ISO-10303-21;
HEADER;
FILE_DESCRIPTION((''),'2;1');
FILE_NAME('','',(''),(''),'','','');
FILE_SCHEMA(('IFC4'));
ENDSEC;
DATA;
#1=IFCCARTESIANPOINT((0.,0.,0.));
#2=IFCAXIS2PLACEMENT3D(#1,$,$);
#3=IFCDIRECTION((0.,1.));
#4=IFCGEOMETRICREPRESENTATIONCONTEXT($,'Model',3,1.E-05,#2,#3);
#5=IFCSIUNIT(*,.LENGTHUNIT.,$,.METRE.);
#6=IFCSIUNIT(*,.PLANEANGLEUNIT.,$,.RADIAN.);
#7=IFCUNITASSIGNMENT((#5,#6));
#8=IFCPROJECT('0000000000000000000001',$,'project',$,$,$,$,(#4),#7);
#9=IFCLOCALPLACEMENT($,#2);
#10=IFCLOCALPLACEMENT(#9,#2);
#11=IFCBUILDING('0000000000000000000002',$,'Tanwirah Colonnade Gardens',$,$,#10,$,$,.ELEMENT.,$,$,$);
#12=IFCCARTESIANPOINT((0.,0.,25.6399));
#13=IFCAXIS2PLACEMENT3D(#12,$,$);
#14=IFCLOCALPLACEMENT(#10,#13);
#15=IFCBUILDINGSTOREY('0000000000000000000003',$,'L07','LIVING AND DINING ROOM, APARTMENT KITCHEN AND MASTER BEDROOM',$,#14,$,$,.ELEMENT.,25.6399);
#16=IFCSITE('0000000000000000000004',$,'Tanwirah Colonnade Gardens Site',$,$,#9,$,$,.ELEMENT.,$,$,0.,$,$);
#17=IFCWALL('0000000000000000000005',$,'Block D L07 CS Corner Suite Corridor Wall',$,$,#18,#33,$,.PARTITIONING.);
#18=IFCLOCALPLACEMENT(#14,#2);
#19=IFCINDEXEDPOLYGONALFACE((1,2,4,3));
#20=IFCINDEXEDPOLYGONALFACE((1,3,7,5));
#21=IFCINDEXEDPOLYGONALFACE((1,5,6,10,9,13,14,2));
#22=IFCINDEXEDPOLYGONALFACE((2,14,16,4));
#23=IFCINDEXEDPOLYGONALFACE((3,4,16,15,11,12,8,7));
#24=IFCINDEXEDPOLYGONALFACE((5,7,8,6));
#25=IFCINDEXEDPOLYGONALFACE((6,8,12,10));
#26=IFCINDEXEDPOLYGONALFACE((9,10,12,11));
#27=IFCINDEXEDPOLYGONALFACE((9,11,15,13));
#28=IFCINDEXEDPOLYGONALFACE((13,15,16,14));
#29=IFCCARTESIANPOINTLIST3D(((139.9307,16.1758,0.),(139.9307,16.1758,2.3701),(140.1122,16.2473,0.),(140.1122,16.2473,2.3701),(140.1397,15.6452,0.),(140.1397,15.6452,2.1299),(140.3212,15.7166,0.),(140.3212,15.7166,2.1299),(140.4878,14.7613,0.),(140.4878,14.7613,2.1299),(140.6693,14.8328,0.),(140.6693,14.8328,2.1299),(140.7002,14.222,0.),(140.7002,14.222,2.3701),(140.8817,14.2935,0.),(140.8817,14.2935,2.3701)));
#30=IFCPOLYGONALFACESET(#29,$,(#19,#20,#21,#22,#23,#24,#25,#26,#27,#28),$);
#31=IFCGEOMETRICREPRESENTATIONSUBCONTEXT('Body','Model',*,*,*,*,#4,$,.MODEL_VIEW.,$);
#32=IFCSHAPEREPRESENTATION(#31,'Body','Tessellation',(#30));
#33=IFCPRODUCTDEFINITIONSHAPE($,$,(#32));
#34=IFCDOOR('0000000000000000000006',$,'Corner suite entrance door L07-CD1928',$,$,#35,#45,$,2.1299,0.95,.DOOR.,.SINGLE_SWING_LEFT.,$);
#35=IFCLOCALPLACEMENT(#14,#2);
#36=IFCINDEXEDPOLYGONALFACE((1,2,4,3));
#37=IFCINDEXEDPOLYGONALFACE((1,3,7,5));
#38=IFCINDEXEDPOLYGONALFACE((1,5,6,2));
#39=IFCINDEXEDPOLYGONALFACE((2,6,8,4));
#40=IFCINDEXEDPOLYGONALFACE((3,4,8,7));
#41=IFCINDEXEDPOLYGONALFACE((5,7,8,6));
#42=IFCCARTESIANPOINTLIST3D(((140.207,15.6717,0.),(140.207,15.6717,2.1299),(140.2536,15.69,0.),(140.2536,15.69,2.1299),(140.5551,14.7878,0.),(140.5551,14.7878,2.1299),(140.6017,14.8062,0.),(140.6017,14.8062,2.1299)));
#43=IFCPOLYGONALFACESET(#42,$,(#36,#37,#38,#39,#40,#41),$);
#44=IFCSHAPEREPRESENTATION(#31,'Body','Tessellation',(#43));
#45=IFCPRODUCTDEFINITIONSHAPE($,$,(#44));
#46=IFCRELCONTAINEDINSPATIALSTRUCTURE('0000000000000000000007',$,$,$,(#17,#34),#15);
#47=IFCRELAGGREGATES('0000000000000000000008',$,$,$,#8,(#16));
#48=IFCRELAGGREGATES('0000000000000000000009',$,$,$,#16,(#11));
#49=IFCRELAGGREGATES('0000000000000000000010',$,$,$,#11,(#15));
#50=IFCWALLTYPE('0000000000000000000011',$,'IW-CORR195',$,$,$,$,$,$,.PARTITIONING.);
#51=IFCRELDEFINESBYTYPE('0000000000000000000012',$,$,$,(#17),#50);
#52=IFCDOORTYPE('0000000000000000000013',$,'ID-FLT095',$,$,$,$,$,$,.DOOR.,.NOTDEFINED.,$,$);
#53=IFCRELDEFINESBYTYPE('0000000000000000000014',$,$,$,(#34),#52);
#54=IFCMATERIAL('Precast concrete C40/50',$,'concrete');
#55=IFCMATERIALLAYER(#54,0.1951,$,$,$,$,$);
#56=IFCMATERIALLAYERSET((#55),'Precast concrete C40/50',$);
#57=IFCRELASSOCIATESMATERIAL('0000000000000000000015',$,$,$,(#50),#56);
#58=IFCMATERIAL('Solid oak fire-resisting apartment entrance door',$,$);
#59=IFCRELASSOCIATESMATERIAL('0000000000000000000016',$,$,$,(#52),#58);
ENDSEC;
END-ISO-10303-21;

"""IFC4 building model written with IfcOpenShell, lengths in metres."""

from ifc_helpers import new_model, si_unit, direction, frame, frame_2d, origin, place, context, subcontext, project, spatial, rectangle, extrude, material, layer, layer_set, type_object, element, fill, save


model = new_model("IFC4")

# Units and contexts
model_context = context("Model", 3, precision=1e-05, world=origin(), true_north=direction((0.0, 1.0)))
body_context = subcontext(model_context, "Body", "Model", "MODEL_VIEW")
ifc_project = project(units=[si_unit("LENGTHUNIT", "METRE"), si_unit("PLANEANGLEUNIT", "RADIAN")], contexts=[model_context])

# Site, building, storey
site_placement = place(None, origin())
site = spatial("IfcSite", under=ifc_project, at=site_placement, Name="Tanwirah Colonnade Gardens Site", CompositionType="ELEMENT", RefElevation=0.0)
building_placement = place(site_placement, origin())
building = spatial("IfcBuilding", under=site, at=building_placement, Name="Tanwirah Colonnade Gardens", CompositionType="ELEMENT")
storey_placement = place(building_placement, frame((0.0, 0.0, 25.6399)))
storey = spatial("IfcBuildingStorey", under=building, at=storey_placement, Name="L07", Description="LIVING AND DINING ROOM, APARTMENT KITCHEN AND MASTER BEDROOM", CompositionType="ELEMENT", Elevation=25.6399)

# Shared definitions
ifc_material_1 = material(Name="Precast concrete C40/50", Category="concrete")

# Wall, opening, door
ifc_layer_1 = layer(ifc_material_1, 0.1951)
ifc_layer_set_1 = layer_set([ifc_layer_1], Name="Precast concrete C40/50")
wall_type_1 = type_object("IfcWallType", Name="IW-CORR195", PredefinedType="PARTITIONING", material=ifc_layer_set_1)
ifc_material_2 = material(Name="Solid oak fire-resisting apartment entrance door")
wall_1_placement = place(storey_placement, frame((140.0215, 16.2114, 0.0), z_axis=(0.0, 0.0, 1.0), x_axis=(0.366454, -0.930436, 0.0)))
wall_1 = element("IfcWall", 1, at=wall_1_placement, inside=storey, type_object=wall_type_1, Name="Block D L07 CS Corner Suite Corridor Wall", PredefinedType="PARTITIONING", context=body_context, shape_type="SweptSolid", body=[
    extrude(rectangle(XDim=2.0999, YDim=0.1951, at=frame_2d((1.0498, 0.0))), origin(), (0.0, 0.0, 1.0), 2.3701),
])
opening_1_placement = place(wall_1_placement, frame((0.5701, 0.0, 0.0)))
opening_1 = element("IfcOpeningElement", 2, at=opening_1_placement, cuts=wall_1, PredefinedType="OPENING", context=body_context, shape_type="SweptSolid", body=[
    extrude(rectangle(XDim=0.95, YDim=2.1299, at=frame_2d((0.4751, 1.0649))), frame((0.0, 0.1074, 0.0), z_axis=(0.0, -1.0, 0.0), x_axis=(1.0, 0.0, 0.0)), (0.0, 0.0, 1.0), 0.2151),
])
door_type_1 = type_object("IfcDoorType", Name="ID-FLT095", OperationType="NOTDEFINED", PredefinedType="DOOR", material=ifc_material_2)
door_1_placement = place(opening_1_placement, origin())
door_1 = element("IfcDoor", 3, at=door_1_placement, inside=storey, type_object=door_type_1, Name="Corner suite entrance door L07-CD1928", OperationType="SINGLE_SWING_LEFT", OverallHeight=2.1299, OverallWidth=0.95, PredefinedType="DOOR", context=body_context, shape_type="SweptSolid", body=[
    extrude(rectangle(XDim=0.95, YDim=2.1299, at=frame_2d((0.4751, 1.0649))), frame((0.0, 0.0249, 0.0), z_axis=(0.0, -1.0, 0.0), x_axis=(1.0, 0.0, 0.0)), (0.0, 0.0, 1.0), 0.05),
])
fill(opening_1, door_1)

save(model, "model.ifc")
